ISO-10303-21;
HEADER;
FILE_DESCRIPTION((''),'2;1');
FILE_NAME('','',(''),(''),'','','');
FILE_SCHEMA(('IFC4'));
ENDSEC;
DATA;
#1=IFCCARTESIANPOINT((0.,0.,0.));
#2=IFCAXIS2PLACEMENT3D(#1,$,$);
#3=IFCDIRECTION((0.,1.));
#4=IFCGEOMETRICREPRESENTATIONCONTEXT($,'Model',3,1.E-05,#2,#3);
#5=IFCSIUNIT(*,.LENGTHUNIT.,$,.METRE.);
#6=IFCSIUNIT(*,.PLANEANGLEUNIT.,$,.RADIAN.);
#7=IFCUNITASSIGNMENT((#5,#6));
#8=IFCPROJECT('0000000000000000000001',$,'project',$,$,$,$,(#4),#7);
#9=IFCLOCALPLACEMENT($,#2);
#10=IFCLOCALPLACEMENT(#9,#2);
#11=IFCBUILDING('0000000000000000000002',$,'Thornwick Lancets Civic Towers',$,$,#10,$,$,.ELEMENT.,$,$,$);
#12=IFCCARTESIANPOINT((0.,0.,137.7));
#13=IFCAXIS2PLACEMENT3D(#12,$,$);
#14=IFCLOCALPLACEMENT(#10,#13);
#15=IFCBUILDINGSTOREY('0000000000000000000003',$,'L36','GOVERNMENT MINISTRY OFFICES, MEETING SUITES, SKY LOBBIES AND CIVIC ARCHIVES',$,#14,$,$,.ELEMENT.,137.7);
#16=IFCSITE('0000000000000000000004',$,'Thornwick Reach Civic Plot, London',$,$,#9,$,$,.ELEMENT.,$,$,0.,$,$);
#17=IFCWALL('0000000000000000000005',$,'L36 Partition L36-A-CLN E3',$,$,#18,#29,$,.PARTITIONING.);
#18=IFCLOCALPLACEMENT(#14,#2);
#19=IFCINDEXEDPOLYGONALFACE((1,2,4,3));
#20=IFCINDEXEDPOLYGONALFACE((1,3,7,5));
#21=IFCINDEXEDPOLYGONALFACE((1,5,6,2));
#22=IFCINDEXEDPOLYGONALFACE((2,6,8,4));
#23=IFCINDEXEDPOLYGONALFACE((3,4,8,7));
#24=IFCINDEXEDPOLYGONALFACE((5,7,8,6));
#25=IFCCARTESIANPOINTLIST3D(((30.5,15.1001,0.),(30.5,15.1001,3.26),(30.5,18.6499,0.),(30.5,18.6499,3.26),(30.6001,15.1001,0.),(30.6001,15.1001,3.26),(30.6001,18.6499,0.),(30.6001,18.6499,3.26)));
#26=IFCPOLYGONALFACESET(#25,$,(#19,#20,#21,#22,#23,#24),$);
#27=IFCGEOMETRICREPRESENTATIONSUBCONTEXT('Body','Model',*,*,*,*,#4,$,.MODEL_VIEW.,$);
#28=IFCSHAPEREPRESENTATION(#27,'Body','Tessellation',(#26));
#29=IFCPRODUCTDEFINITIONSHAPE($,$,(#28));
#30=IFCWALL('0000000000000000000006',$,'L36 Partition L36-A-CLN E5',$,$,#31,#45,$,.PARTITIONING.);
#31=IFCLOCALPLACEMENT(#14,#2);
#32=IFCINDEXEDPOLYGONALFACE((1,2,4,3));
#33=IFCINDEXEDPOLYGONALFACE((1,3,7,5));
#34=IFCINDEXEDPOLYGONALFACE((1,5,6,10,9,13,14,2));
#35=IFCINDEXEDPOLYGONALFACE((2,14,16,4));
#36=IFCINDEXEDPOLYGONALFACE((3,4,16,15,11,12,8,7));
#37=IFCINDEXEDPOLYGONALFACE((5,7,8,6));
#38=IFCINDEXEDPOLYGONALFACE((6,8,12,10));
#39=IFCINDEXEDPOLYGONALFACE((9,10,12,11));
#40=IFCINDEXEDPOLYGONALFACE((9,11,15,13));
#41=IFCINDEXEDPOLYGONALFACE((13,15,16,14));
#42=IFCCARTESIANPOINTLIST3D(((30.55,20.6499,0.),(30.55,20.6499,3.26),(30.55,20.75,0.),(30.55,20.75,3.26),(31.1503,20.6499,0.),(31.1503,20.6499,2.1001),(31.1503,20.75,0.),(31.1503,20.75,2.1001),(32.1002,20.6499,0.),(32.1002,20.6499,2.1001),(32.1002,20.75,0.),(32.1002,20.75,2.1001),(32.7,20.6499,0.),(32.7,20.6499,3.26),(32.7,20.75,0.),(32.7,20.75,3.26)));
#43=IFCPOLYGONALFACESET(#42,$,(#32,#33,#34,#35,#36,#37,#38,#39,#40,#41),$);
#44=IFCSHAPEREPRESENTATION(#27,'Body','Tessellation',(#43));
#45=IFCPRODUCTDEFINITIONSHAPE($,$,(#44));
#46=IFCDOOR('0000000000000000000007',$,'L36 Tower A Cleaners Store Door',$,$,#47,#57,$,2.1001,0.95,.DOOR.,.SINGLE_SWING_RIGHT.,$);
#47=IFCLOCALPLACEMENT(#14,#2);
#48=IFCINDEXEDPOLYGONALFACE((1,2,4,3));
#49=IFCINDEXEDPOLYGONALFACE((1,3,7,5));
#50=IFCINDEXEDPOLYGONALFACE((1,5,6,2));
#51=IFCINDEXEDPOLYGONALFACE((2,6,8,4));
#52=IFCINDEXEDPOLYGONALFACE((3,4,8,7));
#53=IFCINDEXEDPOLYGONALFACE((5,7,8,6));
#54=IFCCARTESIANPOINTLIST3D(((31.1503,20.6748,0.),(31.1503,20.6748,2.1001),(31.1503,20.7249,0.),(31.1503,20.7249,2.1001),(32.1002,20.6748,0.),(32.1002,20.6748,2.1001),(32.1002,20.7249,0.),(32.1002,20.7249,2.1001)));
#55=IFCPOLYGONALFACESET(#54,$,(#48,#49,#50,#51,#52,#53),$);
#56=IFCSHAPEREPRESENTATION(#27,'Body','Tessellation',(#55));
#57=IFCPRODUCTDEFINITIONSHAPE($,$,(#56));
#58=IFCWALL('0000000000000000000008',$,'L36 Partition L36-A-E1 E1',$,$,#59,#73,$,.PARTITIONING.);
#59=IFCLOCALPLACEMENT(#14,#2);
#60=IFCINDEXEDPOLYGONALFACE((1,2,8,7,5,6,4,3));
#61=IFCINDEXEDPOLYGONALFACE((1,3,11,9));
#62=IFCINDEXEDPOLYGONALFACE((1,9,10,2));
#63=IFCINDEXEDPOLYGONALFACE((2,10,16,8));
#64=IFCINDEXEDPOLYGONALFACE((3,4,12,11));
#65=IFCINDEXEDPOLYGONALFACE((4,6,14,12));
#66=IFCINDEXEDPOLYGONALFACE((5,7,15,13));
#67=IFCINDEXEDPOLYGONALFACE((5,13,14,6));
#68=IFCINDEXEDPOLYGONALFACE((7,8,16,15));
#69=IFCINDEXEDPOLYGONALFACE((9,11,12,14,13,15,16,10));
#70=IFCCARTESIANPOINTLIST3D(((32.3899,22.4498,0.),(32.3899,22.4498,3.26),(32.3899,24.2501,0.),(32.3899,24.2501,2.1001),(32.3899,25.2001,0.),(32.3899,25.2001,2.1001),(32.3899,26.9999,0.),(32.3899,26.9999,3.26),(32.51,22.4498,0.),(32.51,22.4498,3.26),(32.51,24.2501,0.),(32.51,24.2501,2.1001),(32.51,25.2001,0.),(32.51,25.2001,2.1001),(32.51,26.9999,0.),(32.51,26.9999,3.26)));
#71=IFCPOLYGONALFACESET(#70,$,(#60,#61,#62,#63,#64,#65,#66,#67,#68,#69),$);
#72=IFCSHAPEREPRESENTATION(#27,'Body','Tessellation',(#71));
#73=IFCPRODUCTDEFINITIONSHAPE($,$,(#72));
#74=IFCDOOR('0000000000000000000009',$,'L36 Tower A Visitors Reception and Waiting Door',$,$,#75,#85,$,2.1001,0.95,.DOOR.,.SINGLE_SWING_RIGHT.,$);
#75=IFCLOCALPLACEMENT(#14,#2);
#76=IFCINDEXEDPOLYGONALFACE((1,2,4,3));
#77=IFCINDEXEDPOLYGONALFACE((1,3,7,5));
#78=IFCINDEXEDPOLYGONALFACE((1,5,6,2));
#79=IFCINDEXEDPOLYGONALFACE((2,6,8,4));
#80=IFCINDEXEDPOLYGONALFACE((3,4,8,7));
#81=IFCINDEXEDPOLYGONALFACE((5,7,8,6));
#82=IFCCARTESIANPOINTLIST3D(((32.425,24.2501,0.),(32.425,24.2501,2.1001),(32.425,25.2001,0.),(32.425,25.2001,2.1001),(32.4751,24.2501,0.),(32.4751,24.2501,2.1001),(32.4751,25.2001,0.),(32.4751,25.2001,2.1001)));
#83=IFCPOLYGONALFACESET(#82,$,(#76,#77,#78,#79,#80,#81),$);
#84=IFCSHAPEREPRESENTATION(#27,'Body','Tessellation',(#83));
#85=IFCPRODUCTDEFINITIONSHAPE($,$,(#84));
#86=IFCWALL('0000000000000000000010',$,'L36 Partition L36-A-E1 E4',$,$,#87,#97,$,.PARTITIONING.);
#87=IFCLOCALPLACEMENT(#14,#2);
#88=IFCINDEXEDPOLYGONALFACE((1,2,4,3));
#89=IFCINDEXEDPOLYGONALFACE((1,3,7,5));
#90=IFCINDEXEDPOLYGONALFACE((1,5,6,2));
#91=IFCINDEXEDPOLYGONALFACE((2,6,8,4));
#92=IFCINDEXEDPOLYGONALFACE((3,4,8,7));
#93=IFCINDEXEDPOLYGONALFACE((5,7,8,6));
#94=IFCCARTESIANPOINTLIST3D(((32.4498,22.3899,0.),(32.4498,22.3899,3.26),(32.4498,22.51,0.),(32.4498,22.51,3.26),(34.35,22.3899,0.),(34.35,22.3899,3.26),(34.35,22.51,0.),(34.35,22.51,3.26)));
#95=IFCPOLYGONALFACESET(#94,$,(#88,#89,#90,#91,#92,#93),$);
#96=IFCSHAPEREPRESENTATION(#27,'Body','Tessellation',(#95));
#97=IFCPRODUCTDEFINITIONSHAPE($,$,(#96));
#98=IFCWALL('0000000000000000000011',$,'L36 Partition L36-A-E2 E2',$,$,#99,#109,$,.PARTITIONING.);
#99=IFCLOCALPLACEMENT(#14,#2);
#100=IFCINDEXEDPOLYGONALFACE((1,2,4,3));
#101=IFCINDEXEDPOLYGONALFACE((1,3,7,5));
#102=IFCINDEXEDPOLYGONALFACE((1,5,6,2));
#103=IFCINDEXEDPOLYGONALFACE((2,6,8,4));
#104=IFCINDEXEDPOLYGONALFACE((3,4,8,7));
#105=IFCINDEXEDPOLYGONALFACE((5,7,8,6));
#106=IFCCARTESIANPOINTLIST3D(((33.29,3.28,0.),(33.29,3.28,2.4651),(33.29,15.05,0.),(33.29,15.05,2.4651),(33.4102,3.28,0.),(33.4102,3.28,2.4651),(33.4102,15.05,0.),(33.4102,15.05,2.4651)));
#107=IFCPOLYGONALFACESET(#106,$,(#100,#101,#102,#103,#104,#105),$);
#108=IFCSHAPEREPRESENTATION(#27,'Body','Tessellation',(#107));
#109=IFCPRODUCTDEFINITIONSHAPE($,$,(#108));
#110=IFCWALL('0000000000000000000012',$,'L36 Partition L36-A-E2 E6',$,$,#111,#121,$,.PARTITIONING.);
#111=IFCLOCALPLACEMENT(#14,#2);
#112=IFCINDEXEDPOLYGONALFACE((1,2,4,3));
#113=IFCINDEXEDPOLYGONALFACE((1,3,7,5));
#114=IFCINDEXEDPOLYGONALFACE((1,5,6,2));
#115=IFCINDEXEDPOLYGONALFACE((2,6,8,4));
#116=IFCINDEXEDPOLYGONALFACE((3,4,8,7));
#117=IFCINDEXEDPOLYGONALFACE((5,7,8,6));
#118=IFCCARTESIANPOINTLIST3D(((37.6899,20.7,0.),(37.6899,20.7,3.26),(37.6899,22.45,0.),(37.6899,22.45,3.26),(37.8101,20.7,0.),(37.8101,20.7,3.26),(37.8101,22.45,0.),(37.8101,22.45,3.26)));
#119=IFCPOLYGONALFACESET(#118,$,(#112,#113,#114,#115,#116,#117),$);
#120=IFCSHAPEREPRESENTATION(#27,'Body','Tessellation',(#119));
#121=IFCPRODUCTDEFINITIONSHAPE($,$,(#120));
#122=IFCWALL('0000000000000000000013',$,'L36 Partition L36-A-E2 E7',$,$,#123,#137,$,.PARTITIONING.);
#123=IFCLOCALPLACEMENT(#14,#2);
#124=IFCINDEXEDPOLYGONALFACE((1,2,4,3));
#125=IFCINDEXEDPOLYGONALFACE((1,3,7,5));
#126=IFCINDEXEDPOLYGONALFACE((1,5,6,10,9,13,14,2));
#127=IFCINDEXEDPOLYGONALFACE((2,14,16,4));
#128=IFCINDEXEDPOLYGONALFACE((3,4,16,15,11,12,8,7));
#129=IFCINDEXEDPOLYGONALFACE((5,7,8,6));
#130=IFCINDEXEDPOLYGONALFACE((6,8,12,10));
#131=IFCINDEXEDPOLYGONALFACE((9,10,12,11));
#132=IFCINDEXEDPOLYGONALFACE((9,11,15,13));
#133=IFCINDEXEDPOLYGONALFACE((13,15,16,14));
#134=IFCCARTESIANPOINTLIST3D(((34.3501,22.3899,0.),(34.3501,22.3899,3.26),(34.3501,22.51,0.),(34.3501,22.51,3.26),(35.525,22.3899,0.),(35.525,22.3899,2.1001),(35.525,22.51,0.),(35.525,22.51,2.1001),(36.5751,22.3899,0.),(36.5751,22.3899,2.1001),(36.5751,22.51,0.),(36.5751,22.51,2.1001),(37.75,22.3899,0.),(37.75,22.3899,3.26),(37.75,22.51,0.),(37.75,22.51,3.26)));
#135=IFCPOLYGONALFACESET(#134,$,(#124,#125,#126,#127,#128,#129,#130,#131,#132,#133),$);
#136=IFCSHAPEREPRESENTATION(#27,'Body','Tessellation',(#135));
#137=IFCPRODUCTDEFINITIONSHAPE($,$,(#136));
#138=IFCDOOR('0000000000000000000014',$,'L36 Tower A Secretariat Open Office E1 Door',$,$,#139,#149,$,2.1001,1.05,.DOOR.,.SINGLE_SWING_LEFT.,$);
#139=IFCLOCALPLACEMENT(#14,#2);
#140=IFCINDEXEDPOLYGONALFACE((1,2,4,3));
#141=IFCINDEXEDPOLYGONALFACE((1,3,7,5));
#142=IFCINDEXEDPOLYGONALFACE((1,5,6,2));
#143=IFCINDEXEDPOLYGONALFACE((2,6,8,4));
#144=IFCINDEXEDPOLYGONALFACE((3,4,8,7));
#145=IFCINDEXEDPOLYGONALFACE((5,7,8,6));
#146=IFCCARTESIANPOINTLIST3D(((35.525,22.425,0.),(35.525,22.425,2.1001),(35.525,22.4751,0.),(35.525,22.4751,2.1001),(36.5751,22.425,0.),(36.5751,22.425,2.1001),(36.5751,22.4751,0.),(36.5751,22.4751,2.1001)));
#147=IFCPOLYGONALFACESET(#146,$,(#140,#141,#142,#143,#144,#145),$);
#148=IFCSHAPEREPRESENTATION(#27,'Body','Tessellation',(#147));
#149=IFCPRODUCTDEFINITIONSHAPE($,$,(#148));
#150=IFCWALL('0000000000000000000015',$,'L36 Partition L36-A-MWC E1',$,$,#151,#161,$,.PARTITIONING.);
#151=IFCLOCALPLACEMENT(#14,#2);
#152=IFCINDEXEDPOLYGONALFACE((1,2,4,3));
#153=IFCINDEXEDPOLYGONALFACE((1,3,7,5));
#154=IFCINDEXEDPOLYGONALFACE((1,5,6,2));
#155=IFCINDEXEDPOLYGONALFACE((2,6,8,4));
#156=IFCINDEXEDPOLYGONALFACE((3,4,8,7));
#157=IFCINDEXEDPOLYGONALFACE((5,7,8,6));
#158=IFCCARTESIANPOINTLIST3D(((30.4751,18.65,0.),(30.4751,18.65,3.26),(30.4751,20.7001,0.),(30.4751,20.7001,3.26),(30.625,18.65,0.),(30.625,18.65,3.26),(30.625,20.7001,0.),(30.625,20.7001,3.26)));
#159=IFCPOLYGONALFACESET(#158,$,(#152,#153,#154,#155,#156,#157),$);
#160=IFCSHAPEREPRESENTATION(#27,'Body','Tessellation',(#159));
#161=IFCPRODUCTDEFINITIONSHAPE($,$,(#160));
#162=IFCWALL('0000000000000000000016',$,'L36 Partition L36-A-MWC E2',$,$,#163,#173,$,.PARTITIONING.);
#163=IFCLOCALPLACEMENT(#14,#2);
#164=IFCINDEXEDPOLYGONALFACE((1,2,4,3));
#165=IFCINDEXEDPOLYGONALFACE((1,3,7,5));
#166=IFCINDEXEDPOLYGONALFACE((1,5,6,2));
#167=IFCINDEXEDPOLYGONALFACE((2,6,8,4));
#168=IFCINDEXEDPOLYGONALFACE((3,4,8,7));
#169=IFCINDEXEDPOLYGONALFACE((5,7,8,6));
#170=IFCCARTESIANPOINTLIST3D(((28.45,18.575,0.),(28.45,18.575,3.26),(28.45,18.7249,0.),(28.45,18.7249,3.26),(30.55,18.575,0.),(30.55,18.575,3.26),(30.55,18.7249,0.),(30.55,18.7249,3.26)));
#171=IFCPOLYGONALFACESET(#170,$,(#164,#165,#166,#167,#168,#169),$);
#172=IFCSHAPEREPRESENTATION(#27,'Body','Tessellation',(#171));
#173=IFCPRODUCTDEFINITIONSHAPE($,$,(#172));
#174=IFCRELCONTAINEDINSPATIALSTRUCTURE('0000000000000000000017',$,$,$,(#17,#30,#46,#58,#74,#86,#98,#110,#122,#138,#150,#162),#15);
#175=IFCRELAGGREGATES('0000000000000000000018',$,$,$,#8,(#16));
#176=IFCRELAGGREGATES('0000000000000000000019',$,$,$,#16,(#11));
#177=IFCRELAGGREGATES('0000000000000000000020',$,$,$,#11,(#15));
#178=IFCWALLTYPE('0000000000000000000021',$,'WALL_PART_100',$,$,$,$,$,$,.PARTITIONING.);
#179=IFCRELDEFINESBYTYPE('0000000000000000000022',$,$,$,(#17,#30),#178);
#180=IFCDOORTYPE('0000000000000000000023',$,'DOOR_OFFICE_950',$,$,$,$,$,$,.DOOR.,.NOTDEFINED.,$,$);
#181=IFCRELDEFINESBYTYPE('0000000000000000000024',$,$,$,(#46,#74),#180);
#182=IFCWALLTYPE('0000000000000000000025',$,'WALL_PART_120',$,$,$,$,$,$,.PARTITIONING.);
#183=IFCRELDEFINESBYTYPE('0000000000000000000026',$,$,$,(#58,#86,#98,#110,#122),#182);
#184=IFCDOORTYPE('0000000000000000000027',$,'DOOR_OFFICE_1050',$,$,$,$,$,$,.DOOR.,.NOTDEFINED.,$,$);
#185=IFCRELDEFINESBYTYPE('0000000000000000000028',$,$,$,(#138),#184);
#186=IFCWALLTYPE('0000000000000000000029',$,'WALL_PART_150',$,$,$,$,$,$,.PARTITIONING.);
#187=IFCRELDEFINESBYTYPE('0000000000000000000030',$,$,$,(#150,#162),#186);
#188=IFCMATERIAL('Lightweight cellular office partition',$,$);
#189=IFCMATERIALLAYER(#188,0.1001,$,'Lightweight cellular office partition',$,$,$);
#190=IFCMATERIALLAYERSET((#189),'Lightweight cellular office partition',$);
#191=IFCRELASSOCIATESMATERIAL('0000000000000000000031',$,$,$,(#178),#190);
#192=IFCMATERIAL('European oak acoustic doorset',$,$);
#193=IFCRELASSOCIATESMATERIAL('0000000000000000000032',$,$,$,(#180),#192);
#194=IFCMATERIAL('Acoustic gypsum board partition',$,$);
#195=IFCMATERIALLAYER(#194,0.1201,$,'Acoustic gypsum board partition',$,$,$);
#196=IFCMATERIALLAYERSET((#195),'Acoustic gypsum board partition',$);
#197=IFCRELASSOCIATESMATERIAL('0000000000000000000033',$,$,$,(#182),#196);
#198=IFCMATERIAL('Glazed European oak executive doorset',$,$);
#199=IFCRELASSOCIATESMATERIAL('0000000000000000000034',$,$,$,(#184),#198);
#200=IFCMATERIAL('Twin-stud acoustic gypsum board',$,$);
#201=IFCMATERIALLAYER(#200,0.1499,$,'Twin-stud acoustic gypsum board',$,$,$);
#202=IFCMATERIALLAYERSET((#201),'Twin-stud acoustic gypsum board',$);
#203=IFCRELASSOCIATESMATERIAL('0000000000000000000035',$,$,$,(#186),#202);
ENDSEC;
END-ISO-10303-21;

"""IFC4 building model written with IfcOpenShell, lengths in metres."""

from ifc_helpers import new_model, si_unit, direction, frame, frame_2d, origin, place, context, subcontext, project, spatial, rectangle, extrude, material, layer, layer_set, type_object, element, fill, save


model = new_model("IFC4")

# Units and contexts
model_context = context("Model", 3, precision=1e-05, world=origin(), true_north=direction((0.0, 1.0)))
body_context = subcontext(model_context, "Body", "Model", "MODEL_VIEW")
ifc_project = project(units=[si_unit("LENGTHUNIT", "METRE"), si_unit("PLANEANGLEUNIT", "RADIAN")], contexts=[model_context])

# Site, building, storey
site_placement = place(None, origin())
site = spatial("IfcSite", under=ifc_project, at=site_placement, Name="Thornwick Reach Civic Plot, London", CompositionType="ELEMENT", RefElevation=0.0)
building_placement = place(site_placement, origin())
building = spatial("IfcBuilding", under=site, at=building_placement, Name="Thornwick Lancets Civic Towers", CompositionType="ELEMENT")
storey_placement = place(building_placement, frame((0.0, 0.0, 137.7)))
storey = spatial("IfcBuildingStorey", under=building, at=storey_placement, Name="L36", Description="GOVERNMENT MINISTRY OFFICES, MEETING SUITES, SKY LOBBIES AND CIVIC ARCHIVES", CompositionType="ELEMENT", Elevation=137.7)

# Wall
ifc_material_1 = material(Name="Lightweight cellular office partition")
ifc_layer_1 = layer(ifc_material_1, 0.1001, Name="Lightweight cellular office partition")
ifc_layer_set_1 = layer_set([ifc_layer_1], Name="Lightweight cellular office partition")
wall_type_1 = type_object("IfcWallType", Name="WALL_PART_100", PredefinedType="PARTITIONING", material=ifc_layer_set_1)
wall_1_placement = place(storey_placement, frame((30.55, 15.1001, 0.0), z_axis=(0.0, 0.0, 1.0), x_axis=(0.0, 1.0, 0.0)))
element("IfcWall", 1, at=wall_1_placement, inside=storey, type_object=wall_type_1, Name="L36 Partition L36-A-CLN E3", PredefinedType="PARTITIONING", context=body_context, shape_type="SweptSolid", body=[
    extrude(rectangle(XDim=3.5498, YDim=0.1001, at=frame_2d((1.7749, 0.0))), origin(), (0.0, 0.0, 1.0), 3.26),
])

# Walls, openings, doors
wall_2_placement = place(storey_placement, frame((30.55, 20.7, 0.0), z_axis=(0.0, 0.0, 1.0), x_axis=(1.0, 0.0, 0.0)))
wall_2 = element("IfcWall", 2, at=wall_2_placement, inside=storey, type_object=wall_type_1, Name="L36 Partition L36-A-CLN E5", PredefinedType="PARTITIONING", context=body_context, shape_type="SweptSolid", body=[
    extrude(rectangle(XDim=2.1499, YDim=0.1001, at=frame_2d((1.075, 0.0))), origin(), (0.0, 0.0, 1.0), 3.26),
])
opening_1_placement = place(wall_2_placement, frame((0.6001, 0.0, 0.0)))
opening_1 = element("IfcOpeningElement", 3, at=opening_1_placement, cuts=wall_2, PredefinedType="OPENING", context=body_context, shape_type="SweptSolid", body=[
    extrude(rectangle(XDim=0.95, YDim=2.1001, at=frame_2d((0.4751, 1.05))), frame((0.0, 0.0601, 0.0), z_axis=(0.0, -1.0, 0.0), x_axis=(1.0, 0.0, 0.0)), (0.0, 0.0, 1.0), 0.1201),
])
ifc_material_2 = material(Name="European oak acoustic doorset")
door_type_1 = type_object("IfcDoorType", Name="DOOR_OFFICE_950", OperationType="NOTDEFINED", PredefinedType="DOOR", material=ifc_material_2)
door_1_placement = place(opening_1_placement, origin())
door_1 = element("IfcDoor", 4, at=door_1_placement, inside=storey, type_object=door_type_1, Name="L36 Tower A Cleaners Store Door", OperationType="SINGLE_SWING_RIGHT", OverallHeight=2.1001, OverallWidth=0.95, PredefinedType="DOOR", context=body_context, shape_type="SweptSolid", body=[
    extrude(rectangle(XDim=0.95, YDim=2.1001, at=frame_2d((0.4751, 1.05))), frame((0.0, 0.0249, 0.0), z_axis=(0.0, -1.0, 0.0), x_axis=(1.0, 0.0, 0.0)), (0.0, 0.0, 1.0), 0.05),
])
fill(opening_1, door_1)
ifc_material_3 = material(Name="Acoustic gypsum board partition")
ifc_layer_2 = layer(ifc_material_3, 0.1201, Name="Acoustic gypsum board partition")
ifc_layer_set_2 = layer_set([ifc_layer_2], Name="Acoustic gypsum board partition")
wall_type_2 = type_object("IfcWallType", Name="WALL_PART_120", PredefinedType="PARTITIONING", material=ifc_layer_set_2)
wall_3_placement = place(storey_placement, frame((32.45, 22.45, 0.0), z_axis=(0.0, 0.0, 1.0), x_axis=(0.0, 1.0, 0.0)))
wall_3 = element("IfcWall", 5, at=wall_3_placement, inside=storey, type_object=wall_type_2, Name="L36 Partition L36-A-E1 E1", PredefinedType="PARTITIONING", context=body_context, shape_type="SweptSolid", body=[
    extrude(rectangle(XDim=4.55, YDim=0.1201, at=frame_2d((2.2749, 0.0))), origin(), (0.0, 0.0, 1.0), 3.26),
])
opening_2_placement = place(wall_3_placement, frame((1.8, 0.0, 0.0)))
opening_2 = element("IfcOpeningElement", 6, at=opening_2_placement, cuts=wall_3, PredefinedType="OPENING", context=body_context, shape_type="SweptSolid", body=[
    extrude(rectangle(XDim=0.95, YDim=2.1001, at=frame_2d((0.4751, 1.05))), frame((0.0, 0.0701, 0.0), z_axis=(0.0, -1.0, 0.0), x_axis=(1.0, 0.0, 0.0)), (0.0, 0.0, 1.0), 0.1401),
])
door_2_placement = place(opening_2_placement, origin())
door_2 = element("IfcDoor", 7, at=door_2_placement, inside=storey, type_object=door_type_1, Name="L36 Tower A Visitors Reception and Waiting Door", OperationType="SINGLE_SWING_RIGHT", OverallHeight=2.1001, OverallWidth=0.95, PredefinedType="DOOR", context=body_context, shape_type="SweptSolid", body=[
    extrude(rectangle(XDim=0.95, YDim=2.1001, at=frame_2d((0.4751, 1.05))), frame((0.0, 0.0249, 0.0), z_axis=(0.0, -1.0, 0.0), x_axis=(1.0, 0.0, 0.0)), (0.0, 0.0, 1.0), 0.05),
])
fill(opening_2, door_2)

# Walls
wall_4_placement = place(storey_placement, frame((34.3501, 22.45, 0.0), z_axis=(0.0, 0.0, 1.0), x_axis=(-1.0, 0.0, 0.0)))
element("IfcWall", 8, at=wall_4_placement, inside=storey, type_object=wall_type_2, Name="L36 Partition L36-A-E1 E4", PredefinedType="PARTITIONING", context=body_context, shape_type="SweptSolid", body=[
    extrude(rectangle(XDim=1.9001, YDim=0.1201, at=frame_2d((0.9502, 0.0))), origin(), (0.0, 0.0, 1.0), 3.26),
])
wall_5_placement = place(storey_placement, frame((33.3501, 3.28, 0.0), z_axis=(0.0, 0.0, 1.0), x_axis=(0.0, 1.0, 0.0)))
element("IfcWall", 9, at=wall_5_placement, inside=storey, type_object=wall_type_2, Name="L36 Partition L36-A-E2 E2", PredefinedType="PARTITIONING", context=body_context, shape_type="SweptSolid", body=[
    extrude(rectangle(XDim=11.77, YDim=0.1201, at=frame_2d((5.885, 0.0))), origin(), (0.0, 0.0, 1.0), 2.4651),
])
wall_6_placement = place(storey_placement, frame((37.75, 20.7, 0.0), z_axis=(0.0, 0.0, 1.0), x_axis=(0.0, 1.0, 0.0)))
element("IfcWall", 10, at=wall_6_placement, inside=storey, type_object=wall_type_2, Name="L36 Partition L36-A-E2 E6", PredefinedType="PARTITIONING", context=body_context, shape_type="SweptSolid", body=[
    extrude(rectangle(XDim=1.75, YDim=0.1201, at=frame_2d((0.875, 0.0))), origin(), (0.0, 0.0, 1.0), 3.26),
])

# Wall, opening, door
wall_7_placement = place(storey_placement, frame((37.75, 22.45, 0.0), z_axis=(0.0, 0.0, 1.0), x_axis=(-1.0, 0.0, 0.0)))
wall_7 = element("IfcWall", 11, at=wall_7_placement, inside=storey, type_object=wall_type_2, Name="L36 Partition L36-A-E2 E7", PredefinedType="PARTITIONING", context=body_context, shape_type="SweptSolid", body=[
    extrude(rectangle(XDim=3.3999, YDim=0.1201, at=frame_2d((1.7, 0.0))), origin(), (0.0, 0.0, 1.0), 3.26),
])
opening_3_placement = place(wall_7_placement, frame((1.175, 0.0, 0.0)))
opening_3 = element("IfcOpeningElement", 12, at=opening_3_placement, cuts=wall_7, PredefinedType="OPENING", context=body_context, shape_type="SweptSolid", body=[
    extrude(rectangle(XDim=1.05, YDim=2.1001, at=frame_2d((0.5249, 1.05))), frame((0.0, 0.0701, 0.0), z_axis=(0.0, -1.0, 0.0), x_axis=(1.0, 0.0, 0.0)), (0.0, 0.0, 1.0), 0.1401),
])
ifc_material_4 = material(Name="Glazed European oak executive doorset")
door_type_2 = type_object("IfcDoorType", Name="DOOR_OFFICE_1050", OperationType="NOTDEFINED", PredefinedType="DOOR", material=ifc_material_4)
door_3_placement = place(opening_3_placement, origin())
door_3 = element("IfcDoor", 13, at=door_3_placement, inside=storey, type_object=door_type_2, Name="L36 Tower A Secretariat Open Office E1 Door", OperationType="SINGLE_SWING_LEFT", OverallHeight=2.1001, OverallWidth=1.05, PredefinedType="DOOR", context=body_context, shape_type="SweptSolid", body=[
    extrude(rectangle(XDim=1.05, YDim=2.1001, at=frame_2d((0.5249, 1.05))), frame((0.0, 0.0249, 0.0), z_axis=(0.0, -1.0, 0.0), x_axis=(1.0, 0.0, 0.0)), (0.0, 0.0, 1.0), 0.05),
])
fill(opening_3, door_3)

# Walls
ifc_material_5 = material(Name="Twin-stud acoustic gypsum board")
ifc_layer_3 = layer(ifc_material_5, 0.1499, Name="Twin-stud acoustic gypsum board")
ifc_layer_set_3 = layer_set([ifc_layer_3], Name="Twin-stud acoustic gypsum board")
wall_type_3 = type_object("IfcWallType", Name="WALL_PART_150", PredefinedType="PARTITIONING", material=ifc_layer_set_3)
wall_8_placement = place(storey_placement, frame((30.55, 20.7, 0.0), z_axis=(0.0, 0.0, 1.0), x_axis=(0.0, -1.0, 0.0)))
element("IfcWall", 14, at=wall_8_placement, inside=storey, type_object=wall_type_3, Name="L36 Partition L36-A-MWC E1", PredefinedType="PARTITIONING", context=body_context, shape_type="SweptSolid", body=[
    extrude(rectangle(XDim=2.05, YDim=0.1499, at=frame_2d((1.0249, 0.0))), origin(), (0.0, 0.0, 1.0), 3.26),
])
wall_9_placement = place(storey_placement, frame((30.55, 18.6499, 0.0), z_axis=(0.0, 0.0, 1.0), x_axis=(-1.0, 0.0, 0.0)))
element("IfcWall", 15, at=wall_9_placement, inside=storey, type_object=wall_type_3, Name="L36 Partition L36-A-MWC E2", PredefinedType="PARTITIONING", context=body_context, shape_type="SweptSolid", body=[
    extrude(rectangle(XDim=2.1001, YDim=0.1499, at=frame_2d((1.05, 0.0))), origin(), (0.0, 0.0, 1.0), 3.26),
])

save(model, "model.ifc")
